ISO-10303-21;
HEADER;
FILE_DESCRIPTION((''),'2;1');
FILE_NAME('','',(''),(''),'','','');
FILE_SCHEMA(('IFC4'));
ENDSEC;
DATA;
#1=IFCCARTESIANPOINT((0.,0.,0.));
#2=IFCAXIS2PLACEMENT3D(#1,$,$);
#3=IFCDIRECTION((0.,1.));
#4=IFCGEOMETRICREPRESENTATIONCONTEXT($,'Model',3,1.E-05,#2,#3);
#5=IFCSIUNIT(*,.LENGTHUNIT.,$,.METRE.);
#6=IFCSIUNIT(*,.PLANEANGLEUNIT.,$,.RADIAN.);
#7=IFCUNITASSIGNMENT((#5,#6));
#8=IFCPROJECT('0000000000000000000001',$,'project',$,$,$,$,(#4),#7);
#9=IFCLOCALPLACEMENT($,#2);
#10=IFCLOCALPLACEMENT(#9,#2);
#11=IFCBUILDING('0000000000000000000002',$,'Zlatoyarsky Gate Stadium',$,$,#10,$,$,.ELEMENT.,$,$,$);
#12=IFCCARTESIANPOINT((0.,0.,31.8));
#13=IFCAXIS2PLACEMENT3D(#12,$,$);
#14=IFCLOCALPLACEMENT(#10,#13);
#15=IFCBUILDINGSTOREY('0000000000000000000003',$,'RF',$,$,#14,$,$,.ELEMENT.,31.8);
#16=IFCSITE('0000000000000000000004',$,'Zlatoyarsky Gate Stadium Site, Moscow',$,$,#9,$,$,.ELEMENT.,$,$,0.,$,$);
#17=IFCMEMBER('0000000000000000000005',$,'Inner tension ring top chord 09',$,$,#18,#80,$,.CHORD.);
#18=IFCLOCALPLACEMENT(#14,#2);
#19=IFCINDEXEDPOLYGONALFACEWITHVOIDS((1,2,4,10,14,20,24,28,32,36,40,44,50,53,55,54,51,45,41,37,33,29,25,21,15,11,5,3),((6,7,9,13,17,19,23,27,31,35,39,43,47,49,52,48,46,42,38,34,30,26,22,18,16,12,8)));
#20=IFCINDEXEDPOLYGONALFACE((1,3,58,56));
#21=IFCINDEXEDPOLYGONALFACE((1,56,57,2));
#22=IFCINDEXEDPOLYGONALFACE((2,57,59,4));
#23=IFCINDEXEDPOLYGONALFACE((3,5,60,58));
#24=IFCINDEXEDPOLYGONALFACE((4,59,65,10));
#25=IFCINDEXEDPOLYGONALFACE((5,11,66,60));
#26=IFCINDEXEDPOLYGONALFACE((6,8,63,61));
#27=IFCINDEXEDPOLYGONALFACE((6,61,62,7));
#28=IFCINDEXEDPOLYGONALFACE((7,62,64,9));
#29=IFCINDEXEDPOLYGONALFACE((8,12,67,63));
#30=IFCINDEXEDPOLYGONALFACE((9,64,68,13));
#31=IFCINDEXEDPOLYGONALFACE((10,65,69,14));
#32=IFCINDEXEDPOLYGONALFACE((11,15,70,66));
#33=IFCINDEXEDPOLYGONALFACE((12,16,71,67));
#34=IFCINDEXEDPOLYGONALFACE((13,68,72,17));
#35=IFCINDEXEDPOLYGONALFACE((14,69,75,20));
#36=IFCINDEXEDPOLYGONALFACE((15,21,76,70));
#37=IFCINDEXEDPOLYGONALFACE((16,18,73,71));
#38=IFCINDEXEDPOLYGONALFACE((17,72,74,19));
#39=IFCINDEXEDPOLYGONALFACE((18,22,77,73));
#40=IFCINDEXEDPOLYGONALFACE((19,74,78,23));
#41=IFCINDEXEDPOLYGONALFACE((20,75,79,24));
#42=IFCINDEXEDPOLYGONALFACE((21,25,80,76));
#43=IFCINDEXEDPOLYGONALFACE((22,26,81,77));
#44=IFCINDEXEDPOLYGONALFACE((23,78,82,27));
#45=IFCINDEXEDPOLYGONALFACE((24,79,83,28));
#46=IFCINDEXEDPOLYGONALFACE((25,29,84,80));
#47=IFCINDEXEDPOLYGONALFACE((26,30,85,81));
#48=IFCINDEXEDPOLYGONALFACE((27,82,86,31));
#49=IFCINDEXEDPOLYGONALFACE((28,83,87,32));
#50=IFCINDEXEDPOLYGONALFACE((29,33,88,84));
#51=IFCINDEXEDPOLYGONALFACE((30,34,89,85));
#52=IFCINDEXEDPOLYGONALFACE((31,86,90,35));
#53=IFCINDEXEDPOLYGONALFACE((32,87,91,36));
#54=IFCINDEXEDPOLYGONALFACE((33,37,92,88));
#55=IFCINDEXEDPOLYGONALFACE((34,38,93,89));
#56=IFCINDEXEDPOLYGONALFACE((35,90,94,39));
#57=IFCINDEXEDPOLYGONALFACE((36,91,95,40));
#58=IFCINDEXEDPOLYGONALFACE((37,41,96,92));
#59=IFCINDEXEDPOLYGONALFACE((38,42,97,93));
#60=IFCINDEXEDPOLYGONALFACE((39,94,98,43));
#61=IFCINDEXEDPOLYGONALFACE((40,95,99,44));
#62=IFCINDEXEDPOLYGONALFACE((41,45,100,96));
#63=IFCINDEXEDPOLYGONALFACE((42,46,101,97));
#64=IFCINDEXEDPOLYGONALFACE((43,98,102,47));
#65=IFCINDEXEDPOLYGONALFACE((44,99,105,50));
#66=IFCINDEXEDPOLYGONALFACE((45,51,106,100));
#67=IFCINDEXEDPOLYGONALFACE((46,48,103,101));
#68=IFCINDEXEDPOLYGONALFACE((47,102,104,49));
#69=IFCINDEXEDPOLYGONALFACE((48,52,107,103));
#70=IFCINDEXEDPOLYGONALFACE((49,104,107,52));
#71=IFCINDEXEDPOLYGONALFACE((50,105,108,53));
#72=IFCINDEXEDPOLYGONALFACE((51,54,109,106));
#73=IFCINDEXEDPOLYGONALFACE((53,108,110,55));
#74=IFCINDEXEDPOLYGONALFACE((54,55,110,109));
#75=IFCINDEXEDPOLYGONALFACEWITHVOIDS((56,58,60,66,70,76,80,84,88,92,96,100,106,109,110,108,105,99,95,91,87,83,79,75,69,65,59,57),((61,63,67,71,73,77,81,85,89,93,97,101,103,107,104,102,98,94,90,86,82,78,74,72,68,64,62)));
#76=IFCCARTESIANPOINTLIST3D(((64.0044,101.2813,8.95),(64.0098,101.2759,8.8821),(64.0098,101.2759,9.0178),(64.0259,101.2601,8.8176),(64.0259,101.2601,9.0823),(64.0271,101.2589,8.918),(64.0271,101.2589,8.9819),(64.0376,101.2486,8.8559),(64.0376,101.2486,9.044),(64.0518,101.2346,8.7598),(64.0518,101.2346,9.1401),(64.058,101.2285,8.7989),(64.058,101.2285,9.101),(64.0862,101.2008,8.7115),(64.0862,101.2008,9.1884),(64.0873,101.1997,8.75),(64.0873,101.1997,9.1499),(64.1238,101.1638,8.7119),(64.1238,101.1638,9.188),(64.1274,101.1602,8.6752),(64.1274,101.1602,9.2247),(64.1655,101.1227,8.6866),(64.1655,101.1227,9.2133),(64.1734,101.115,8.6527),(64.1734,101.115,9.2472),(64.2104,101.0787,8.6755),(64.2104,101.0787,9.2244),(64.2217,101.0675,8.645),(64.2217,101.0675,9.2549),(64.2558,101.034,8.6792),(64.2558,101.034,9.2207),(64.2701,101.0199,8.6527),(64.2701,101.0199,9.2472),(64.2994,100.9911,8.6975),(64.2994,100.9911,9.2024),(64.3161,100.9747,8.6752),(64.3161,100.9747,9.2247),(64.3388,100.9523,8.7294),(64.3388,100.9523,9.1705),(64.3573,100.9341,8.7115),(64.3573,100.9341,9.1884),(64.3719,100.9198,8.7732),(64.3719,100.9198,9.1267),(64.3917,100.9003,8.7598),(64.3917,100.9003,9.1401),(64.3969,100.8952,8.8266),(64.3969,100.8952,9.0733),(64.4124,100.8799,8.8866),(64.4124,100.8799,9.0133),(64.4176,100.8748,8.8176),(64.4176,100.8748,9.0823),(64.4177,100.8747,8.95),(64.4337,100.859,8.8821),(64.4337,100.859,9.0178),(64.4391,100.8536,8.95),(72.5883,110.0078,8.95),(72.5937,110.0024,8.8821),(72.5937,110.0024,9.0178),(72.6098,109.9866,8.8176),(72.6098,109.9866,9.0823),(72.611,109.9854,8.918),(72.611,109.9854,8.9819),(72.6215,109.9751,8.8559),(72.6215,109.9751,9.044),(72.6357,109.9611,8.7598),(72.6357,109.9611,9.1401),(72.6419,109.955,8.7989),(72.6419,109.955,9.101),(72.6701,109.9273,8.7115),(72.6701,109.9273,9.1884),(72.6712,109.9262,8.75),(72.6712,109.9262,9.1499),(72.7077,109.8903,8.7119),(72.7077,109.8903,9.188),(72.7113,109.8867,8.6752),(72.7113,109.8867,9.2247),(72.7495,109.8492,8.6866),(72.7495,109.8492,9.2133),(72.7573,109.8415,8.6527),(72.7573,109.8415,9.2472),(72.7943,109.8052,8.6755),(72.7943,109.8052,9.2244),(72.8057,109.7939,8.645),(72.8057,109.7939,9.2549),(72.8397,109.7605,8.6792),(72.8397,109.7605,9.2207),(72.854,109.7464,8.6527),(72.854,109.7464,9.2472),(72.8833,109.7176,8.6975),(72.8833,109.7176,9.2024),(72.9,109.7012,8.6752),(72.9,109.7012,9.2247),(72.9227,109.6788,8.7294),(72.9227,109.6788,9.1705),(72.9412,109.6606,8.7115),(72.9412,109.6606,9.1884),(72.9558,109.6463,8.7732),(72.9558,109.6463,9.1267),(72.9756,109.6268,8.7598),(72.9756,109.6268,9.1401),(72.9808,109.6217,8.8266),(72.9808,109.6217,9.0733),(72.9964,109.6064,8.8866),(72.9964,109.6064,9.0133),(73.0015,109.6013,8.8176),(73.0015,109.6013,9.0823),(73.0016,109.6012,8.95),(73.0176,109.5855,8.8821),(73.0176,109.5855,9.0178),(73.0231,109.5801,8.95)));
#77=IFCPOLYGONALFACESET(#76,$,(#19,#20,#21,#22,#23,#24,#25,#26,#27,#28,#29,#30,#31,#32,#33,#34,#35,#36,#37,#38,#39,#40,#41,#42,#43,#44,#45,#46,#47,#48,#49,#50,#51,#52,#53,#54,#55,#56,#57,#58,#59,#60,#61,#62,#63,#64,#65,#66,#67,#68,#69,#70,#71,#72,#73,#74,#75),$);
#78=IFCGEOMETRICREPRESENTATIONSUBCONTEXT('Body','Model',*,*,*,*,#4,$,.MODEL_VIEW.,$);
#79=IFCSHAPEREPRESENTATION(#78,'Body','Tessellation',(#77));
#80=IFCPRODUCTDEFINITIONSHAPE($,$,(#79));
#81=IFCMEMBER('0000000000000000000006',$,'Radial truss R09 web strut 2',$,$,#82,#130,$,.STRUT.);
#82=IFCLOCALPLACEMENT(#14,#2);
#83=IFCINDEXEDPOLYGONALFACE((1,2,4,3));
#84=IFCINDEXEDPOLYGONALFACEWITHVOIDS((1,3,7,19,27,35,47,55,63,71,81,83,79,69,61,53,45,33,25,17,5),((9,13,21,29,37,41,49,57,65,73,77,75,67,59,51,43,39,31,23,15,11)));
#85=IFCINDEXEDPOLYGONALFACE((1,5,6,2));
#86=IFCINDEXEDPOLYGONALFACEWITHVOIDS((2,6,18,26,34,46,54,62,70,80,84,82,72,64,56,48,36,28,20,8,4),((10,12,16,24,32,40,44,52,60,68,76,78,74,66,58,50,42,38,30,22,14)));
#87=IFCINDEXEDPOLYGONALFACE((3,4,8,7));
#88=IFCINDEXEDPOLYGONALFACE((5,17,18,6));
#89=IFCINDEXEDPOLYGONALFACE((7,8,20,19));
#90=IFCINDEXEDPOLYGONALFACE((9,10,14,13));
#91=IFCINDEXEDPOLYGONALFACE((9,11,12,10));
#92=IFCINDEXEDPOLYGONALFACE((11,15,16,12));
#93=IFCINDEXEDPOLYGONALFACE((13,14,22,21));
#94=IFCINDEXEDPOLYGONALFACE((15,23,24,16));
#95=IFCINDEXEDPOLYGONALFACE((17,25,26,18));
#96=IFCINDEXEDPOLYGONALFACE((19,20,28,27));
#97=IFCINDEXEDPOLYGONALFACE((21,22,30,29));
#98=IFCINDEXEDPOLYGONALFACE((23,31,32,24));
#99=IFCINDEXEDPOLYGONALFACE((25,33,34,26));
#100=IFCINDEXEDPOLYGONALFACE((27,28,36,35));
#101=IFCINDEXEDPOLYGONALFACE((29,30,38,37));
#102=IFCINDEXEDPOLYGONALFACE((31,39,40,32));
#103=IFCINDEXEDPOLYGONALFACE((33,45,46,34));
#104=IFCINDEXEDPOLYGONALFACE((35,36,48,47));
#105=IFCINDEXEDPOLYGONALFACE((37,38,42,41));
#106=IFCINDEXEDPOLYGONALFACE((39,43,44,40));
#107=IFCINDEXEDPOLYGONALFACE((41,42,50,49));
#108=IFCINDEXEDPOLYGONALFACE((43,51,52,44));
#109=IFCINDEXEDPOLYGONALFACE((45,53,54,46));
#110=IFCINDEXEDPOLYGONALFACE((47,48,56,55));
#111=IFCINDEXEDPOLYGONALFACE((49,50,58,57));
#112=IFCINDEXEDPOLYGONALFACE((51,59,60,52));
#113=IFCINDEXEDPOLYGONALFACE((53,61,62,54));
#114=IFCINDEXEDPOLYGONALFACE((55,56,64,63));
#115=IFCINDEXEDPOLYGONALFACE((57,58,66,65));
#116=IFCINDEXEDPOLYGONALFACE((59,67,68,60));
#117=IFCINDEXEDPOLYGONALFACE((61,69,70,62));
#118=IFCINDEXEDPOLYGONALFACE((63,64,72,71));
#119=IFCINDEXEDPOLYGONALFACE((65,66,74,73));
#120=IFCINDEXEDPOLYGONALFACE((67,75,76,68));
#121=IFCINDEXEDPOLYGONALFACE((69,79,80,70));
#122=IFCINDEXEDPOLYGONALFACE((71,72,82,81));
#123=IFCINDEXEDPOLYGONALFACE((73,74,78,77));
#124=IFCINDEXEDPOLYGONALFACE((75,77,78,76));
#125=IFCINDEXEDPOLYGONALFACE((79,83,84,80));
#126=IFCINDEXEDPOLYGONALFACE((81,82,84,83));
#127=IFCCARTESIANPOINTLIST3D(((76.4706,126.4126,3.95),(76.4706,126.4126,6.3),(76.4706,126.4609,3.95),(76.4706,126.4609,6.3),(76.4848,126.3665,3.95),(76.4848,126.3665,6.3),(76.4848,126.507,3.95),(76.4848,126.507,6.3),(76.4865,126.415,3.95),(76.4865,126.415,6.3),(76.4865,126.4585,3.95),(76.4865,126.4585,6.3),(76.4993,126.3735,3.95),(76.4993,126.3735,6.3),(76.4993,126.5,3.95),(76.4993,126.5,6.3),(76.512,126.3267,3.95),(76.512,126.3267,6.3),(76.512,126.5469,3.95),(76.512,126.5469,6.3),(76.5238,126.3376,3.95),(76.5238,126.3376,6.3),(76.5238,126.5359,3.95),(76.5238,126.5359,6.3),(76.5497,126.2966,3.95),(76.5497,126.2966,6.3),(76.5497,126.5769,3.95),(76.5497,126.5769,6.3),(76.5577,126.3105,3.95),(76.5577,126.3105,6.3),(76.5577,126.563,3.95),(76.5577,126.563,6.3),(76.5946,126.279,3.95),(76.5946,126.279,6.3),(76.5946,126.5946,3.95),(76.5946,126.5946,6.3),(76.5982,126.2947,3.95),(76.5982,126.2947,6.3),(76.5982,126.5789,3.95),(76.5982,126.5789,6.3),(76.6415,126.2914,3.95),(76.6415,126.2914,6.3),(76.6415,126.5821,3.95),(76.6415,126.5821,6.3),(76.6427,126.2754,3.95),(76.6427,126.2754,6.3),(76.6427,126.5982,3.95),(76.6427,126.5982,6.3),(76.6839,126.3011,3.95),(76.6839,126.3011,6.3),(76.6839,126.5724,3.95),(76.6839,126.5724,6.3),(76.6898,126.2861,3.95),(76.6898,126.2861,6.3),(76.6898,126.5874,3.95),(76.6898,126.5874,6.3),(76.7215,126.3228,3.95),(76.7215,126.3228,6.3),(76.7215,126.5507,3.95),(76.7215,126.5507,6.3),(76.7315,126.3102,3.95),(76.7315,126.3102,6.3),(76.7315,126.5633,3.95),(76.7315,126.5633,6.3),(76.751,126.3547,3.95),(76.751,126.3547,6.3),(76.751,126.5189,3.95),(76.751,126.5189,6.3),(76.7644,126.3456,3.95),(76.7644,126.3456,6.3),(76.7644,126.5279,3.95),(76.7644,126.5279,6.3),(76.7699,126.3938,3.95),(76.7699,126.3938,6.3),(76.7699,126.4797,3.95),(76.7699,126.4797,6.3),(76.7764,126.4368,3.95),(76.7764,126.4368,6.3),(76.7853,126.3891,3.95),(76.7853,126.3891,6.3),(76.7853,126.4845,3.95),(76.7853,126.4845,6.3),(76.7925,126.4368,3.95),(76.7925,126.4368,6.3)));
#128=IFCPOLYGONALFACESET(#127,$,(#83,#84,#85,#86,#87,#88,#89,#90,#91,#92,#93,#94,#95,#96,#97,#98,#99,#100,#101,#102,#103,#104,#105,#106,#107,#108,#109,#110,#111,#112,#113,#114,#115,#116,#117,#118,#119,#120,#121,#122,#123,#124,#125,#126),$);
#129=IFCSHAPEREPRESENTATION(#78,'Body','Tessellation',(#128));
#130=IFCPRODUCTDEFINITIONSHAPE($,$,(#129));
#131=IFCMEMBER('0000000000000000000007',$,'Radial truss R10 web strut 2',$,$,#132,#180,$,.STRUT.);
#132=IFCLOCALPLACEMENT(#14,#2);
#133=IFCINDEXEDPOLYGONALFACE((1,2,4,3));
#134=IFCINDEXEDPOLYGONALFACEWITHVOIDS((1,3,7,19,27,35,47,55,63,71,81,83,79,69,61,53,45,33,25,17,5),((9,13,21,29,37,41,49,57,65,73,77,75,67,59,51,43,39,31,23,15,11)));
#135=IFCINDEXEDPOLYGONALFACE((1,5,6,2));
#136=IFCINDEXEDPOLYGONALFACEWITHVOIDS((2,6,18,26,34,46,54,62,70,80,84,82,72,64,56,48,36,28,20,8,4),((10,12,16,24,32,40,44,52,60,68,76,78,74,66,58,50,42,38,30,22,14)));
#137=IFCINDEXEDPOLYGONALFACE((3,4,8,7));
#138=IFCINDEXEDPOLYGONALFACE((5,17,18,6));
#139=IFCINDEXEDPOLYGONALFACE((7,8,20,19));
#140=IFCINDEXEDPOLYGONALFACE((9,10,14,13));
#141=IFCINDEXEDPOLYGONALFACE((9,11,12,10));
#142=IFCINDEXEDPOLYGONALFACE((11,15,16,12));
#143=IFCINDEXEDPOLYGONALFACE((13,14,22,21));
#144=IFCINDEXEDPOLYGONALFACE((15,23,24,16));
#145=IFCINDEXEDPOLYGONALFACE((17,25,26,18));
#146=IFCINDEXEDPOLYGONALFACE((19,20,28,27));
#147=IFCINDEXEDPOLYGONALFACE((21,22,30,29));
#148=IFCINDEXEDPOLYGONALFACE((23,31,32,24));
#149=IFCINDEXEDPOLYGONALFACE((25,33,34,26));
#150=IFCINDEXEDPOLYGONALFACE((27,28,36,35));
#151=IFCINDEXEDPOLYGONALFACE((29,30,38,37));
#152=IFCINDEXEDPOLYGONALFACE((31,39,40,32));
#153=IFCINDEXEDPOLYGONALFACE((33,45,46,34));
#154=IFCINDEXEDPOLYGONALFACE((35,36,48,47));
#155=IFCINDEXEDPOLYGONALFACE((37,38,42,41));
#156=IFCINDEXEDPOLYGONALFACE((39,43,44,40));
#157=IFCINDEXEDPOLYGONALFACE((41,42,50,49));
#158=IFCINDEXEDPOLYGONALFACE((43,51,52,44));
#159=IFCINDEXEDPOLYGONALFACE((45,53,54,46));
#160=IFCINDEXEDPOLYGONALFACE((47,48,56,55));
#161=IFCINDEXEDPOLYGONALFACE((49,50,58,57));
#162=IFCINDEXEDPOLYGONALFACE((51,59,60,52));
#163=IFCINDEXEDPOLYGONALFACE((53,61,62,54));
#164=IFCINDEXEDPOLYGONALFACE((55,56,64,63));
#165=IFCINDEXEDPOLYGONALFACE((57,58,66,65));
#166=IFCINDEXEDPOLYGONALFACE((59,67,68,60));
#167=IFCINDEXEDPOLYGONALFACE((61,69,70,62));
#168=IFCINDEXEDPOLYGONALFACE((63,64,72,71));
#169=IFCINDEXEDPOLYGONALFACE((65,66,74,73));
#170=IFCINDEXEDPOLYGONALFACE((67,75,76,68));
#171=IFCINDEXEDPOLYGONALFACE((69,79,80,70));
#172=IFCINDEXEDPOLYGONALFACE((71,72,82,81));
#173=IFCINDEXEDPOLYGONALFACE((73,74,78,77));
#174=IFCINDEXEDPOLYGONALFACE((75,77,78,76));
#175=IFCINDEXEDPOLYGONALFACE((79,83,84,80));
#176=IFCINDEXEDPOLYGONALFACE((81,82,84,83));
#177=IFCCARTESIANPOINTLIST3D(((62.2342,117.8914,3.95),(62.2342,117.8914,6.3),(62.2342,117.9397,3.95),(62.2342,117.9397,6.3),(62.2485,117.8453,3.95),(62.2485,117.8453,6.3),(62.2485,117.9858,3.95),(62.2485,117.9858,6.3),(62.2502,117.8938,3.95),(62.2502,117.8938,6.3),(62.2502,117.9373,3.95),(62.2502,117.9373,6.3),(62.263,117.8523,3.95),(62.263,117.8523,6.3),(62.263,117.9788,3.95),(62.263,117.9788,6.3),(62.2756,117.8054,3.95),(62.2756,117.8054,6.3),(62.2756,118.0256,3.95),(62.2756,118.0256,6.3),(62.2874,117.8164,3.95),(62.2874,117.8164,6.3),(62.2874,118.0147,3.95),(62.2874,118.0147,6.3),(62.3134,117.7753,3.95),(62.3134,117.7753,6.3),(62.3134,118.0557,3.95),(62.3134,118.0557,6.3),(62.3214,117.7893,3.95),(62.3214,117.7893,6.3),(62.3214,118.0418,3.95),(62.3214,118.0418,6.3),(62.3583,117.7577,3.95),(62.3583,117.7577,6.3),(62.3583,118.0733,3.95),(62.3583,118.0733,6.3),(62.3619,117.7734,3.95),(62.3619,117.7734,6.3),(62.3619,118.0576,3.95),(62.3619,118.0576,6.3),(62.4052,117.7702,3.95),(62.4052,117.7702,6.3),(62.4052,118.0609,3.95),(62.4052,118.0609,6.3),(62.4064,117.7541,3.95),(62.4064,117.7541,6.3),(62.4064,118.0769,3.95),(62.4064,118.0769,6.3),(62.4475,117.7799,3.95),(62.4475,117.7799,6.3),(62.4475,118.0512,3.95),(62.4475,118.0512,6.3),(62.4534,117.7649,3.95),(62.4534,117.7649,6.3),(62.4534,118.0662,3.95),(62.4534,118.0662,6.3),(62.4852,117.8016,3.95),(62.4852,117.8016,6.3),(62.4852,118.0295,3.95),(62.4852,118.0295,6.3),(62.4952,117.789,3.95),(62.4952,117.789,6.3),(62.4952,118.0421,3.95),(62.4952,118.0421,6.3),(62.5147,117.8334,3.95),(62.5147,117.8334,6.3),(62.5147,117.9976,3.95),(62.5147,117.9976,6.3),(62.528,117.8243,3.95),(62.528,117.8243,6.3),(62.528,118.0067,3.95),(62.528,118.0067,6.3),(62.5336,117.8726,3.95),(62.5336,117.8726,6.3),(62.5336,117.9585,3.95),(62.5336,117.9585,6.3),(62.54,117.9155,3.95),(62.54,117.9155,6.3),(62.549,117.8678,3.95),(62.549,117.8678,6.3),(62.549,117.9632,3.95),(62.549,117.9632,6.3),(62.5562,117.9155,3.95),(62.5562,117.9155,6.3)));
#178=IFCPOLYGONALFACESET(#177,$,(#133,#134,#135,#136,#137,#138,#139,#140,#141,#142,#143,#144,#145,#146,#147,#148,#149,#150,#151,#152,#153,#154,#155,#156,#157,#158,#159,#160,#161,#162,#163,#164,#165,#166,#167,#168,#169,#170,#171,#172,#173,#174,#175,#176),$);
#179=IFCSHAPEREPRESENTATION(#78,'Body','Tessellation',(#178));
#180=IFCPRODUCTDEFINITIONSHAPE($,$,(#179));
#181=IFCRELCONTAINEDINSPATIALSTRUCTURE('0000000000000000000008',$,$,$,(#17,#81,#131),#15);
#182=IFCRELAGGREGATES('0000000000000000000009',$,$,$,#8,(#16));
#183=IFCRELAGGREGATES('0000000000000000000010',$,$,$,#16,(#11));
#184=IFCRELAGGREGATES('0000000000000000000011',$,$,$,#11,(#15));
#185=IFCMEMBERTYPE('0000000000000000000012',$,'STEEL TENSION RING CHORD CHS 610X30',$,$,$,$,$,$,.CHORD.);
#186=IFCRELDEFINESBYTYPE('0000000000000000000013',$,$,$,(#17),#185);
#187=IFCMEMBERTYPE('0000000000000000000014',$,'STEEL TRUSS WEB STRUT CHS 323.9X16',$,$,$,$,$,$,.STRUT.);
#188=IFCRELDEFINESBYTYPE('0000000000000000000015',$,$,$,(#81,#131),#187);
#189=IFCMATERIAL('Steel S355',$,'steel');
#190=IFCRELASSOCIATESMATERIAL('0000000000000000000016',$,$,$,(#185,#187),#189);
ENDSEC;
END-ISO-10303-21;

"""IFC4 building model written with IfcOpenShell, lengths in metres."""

from ifc_helpers import new_model, si_unit, direction, frame, origin, origin_2d, place, context, subcontext, project, spatial, hollow_circle, extrude, material, material_profile, profile_set, type_object, element, save


model = new_model("IFC4")

# Units and contexts
model_context = context("Model", 3, precision=1e-05, world=origin(), true_north=direction((0.0, 1.0)))
body_context = subcontext(model_context, "Body", "Model", "MODEL_VIEW")
ifc_project = project(units=[si_unit("LENGTHUNIT", "METRE"), si_unit("PLANEANGLEUNIT", "RADIAN")], contexts=[model_context])

# Site, building, storey
site_placement = place(None, origin())
site = spatial("IfcSite", under=ifc_project, at=site_placement, Name="Zlatoyarsky Gate Stadium Site, Moscow", CompositionType="ELEMENT", RefElevation=0.0)
building_placement = place(site_placement, origin())
building = spatial("IfcBuilding", under=site, at=building_placement, Name="Zlatoyarsky Gate Stadium", CompositionType="ELEMENT")
storey_placement = place(building_placement, frame((0.0, 0.0, 31.8)))
storey = spatial("IfcBuildingStorey", under=building, at=storey_placement, Name="RF", CompositionType="ELEMENT", Elevation=31.8)

# Shared definitions
ifc_material_1 = material(Name="Steel S355", Category="steel")

# Members
ifc_material_profile_1 = material_profile(ifc_material_1, hollow_circle(Radius=0.3049, WallThickness=0.03, at=origin_2d()), Name="CHS 610X30")
ifc_profile_set_1 = profile_set([ifc_material_profile_1], Name="Steel S355")
member_type_1 = type_object("IfcMemberType", Name="STEEL TENSION RING CHORD CHS 610X30", PredefinedType="CHORD", material=ifc_profile_set_1)
member_1_placement = place(storey_placement, frame((72.8057, 109.7939, 8.95), z_axis=(-0.701259, -0.712907, 0.0), x_axis=(0.712907, -0.701259, 0.0)))
element("IfcMember", 1, at=member_1_placement, inside=storey, type_object=member_type_1, Name="Inner tension ring top chord 09", PredefinedType="CHORD", context=body_context, shape_type="SweptSolid", body=[
    extrude(hollow_circle(Radius=0.3049, WallThickness=0.03, at=origin_2d()), origin(), (0.0, 0.0, 1.0), 12.2407),
])
ifc_material_profile_2 = material_profile(ifc_material_1, hollow_circle(Radius=0.1619, WallThickness=0.0161, at=origin_2d()), Name="CHS 323.9X16")
ifc_profile_set_2 = profile_set([ifc_material_profile_2], Name="Steel S355")
member_type_2 = type_object("IfcMemberType", Name="STEEL TRUSS WEB STRUT CHS 323.9X16", PredefinedType="STRUT", material=ifc_profile_set_2)
for number, where, z_axis, x_axis, name in (
    (2, (76.6306, 126.4368, 3.95), (0.0, 0.0, 1.0), (1.0, 0.0, 0.0), "Radial truss R09 web strut 2"),
    (3, (62.3943, 117.9155, 3.95), (0.0, 0.0, 1.0), (1.0, 0.0, 0.0), "Radial truss R10 web strut 2"),
):
    element("IfcMember", number, at=place(storey_placement, frame(where, z_axis=z_axis, x_axis=x_axis)), inside=storey, type_object=member_type_2, Name=name, PredefinedType="STRUT", context=body_context, shape_type="SweptSolid", body=[
        extrude(hollow_circle(Radius=0.1619, WallThickness=0.0161, at=origin_2d()), origin(), (0.0, 0.0, 1.0), 2.3501),
    ])

save(model, "model.ifc")
